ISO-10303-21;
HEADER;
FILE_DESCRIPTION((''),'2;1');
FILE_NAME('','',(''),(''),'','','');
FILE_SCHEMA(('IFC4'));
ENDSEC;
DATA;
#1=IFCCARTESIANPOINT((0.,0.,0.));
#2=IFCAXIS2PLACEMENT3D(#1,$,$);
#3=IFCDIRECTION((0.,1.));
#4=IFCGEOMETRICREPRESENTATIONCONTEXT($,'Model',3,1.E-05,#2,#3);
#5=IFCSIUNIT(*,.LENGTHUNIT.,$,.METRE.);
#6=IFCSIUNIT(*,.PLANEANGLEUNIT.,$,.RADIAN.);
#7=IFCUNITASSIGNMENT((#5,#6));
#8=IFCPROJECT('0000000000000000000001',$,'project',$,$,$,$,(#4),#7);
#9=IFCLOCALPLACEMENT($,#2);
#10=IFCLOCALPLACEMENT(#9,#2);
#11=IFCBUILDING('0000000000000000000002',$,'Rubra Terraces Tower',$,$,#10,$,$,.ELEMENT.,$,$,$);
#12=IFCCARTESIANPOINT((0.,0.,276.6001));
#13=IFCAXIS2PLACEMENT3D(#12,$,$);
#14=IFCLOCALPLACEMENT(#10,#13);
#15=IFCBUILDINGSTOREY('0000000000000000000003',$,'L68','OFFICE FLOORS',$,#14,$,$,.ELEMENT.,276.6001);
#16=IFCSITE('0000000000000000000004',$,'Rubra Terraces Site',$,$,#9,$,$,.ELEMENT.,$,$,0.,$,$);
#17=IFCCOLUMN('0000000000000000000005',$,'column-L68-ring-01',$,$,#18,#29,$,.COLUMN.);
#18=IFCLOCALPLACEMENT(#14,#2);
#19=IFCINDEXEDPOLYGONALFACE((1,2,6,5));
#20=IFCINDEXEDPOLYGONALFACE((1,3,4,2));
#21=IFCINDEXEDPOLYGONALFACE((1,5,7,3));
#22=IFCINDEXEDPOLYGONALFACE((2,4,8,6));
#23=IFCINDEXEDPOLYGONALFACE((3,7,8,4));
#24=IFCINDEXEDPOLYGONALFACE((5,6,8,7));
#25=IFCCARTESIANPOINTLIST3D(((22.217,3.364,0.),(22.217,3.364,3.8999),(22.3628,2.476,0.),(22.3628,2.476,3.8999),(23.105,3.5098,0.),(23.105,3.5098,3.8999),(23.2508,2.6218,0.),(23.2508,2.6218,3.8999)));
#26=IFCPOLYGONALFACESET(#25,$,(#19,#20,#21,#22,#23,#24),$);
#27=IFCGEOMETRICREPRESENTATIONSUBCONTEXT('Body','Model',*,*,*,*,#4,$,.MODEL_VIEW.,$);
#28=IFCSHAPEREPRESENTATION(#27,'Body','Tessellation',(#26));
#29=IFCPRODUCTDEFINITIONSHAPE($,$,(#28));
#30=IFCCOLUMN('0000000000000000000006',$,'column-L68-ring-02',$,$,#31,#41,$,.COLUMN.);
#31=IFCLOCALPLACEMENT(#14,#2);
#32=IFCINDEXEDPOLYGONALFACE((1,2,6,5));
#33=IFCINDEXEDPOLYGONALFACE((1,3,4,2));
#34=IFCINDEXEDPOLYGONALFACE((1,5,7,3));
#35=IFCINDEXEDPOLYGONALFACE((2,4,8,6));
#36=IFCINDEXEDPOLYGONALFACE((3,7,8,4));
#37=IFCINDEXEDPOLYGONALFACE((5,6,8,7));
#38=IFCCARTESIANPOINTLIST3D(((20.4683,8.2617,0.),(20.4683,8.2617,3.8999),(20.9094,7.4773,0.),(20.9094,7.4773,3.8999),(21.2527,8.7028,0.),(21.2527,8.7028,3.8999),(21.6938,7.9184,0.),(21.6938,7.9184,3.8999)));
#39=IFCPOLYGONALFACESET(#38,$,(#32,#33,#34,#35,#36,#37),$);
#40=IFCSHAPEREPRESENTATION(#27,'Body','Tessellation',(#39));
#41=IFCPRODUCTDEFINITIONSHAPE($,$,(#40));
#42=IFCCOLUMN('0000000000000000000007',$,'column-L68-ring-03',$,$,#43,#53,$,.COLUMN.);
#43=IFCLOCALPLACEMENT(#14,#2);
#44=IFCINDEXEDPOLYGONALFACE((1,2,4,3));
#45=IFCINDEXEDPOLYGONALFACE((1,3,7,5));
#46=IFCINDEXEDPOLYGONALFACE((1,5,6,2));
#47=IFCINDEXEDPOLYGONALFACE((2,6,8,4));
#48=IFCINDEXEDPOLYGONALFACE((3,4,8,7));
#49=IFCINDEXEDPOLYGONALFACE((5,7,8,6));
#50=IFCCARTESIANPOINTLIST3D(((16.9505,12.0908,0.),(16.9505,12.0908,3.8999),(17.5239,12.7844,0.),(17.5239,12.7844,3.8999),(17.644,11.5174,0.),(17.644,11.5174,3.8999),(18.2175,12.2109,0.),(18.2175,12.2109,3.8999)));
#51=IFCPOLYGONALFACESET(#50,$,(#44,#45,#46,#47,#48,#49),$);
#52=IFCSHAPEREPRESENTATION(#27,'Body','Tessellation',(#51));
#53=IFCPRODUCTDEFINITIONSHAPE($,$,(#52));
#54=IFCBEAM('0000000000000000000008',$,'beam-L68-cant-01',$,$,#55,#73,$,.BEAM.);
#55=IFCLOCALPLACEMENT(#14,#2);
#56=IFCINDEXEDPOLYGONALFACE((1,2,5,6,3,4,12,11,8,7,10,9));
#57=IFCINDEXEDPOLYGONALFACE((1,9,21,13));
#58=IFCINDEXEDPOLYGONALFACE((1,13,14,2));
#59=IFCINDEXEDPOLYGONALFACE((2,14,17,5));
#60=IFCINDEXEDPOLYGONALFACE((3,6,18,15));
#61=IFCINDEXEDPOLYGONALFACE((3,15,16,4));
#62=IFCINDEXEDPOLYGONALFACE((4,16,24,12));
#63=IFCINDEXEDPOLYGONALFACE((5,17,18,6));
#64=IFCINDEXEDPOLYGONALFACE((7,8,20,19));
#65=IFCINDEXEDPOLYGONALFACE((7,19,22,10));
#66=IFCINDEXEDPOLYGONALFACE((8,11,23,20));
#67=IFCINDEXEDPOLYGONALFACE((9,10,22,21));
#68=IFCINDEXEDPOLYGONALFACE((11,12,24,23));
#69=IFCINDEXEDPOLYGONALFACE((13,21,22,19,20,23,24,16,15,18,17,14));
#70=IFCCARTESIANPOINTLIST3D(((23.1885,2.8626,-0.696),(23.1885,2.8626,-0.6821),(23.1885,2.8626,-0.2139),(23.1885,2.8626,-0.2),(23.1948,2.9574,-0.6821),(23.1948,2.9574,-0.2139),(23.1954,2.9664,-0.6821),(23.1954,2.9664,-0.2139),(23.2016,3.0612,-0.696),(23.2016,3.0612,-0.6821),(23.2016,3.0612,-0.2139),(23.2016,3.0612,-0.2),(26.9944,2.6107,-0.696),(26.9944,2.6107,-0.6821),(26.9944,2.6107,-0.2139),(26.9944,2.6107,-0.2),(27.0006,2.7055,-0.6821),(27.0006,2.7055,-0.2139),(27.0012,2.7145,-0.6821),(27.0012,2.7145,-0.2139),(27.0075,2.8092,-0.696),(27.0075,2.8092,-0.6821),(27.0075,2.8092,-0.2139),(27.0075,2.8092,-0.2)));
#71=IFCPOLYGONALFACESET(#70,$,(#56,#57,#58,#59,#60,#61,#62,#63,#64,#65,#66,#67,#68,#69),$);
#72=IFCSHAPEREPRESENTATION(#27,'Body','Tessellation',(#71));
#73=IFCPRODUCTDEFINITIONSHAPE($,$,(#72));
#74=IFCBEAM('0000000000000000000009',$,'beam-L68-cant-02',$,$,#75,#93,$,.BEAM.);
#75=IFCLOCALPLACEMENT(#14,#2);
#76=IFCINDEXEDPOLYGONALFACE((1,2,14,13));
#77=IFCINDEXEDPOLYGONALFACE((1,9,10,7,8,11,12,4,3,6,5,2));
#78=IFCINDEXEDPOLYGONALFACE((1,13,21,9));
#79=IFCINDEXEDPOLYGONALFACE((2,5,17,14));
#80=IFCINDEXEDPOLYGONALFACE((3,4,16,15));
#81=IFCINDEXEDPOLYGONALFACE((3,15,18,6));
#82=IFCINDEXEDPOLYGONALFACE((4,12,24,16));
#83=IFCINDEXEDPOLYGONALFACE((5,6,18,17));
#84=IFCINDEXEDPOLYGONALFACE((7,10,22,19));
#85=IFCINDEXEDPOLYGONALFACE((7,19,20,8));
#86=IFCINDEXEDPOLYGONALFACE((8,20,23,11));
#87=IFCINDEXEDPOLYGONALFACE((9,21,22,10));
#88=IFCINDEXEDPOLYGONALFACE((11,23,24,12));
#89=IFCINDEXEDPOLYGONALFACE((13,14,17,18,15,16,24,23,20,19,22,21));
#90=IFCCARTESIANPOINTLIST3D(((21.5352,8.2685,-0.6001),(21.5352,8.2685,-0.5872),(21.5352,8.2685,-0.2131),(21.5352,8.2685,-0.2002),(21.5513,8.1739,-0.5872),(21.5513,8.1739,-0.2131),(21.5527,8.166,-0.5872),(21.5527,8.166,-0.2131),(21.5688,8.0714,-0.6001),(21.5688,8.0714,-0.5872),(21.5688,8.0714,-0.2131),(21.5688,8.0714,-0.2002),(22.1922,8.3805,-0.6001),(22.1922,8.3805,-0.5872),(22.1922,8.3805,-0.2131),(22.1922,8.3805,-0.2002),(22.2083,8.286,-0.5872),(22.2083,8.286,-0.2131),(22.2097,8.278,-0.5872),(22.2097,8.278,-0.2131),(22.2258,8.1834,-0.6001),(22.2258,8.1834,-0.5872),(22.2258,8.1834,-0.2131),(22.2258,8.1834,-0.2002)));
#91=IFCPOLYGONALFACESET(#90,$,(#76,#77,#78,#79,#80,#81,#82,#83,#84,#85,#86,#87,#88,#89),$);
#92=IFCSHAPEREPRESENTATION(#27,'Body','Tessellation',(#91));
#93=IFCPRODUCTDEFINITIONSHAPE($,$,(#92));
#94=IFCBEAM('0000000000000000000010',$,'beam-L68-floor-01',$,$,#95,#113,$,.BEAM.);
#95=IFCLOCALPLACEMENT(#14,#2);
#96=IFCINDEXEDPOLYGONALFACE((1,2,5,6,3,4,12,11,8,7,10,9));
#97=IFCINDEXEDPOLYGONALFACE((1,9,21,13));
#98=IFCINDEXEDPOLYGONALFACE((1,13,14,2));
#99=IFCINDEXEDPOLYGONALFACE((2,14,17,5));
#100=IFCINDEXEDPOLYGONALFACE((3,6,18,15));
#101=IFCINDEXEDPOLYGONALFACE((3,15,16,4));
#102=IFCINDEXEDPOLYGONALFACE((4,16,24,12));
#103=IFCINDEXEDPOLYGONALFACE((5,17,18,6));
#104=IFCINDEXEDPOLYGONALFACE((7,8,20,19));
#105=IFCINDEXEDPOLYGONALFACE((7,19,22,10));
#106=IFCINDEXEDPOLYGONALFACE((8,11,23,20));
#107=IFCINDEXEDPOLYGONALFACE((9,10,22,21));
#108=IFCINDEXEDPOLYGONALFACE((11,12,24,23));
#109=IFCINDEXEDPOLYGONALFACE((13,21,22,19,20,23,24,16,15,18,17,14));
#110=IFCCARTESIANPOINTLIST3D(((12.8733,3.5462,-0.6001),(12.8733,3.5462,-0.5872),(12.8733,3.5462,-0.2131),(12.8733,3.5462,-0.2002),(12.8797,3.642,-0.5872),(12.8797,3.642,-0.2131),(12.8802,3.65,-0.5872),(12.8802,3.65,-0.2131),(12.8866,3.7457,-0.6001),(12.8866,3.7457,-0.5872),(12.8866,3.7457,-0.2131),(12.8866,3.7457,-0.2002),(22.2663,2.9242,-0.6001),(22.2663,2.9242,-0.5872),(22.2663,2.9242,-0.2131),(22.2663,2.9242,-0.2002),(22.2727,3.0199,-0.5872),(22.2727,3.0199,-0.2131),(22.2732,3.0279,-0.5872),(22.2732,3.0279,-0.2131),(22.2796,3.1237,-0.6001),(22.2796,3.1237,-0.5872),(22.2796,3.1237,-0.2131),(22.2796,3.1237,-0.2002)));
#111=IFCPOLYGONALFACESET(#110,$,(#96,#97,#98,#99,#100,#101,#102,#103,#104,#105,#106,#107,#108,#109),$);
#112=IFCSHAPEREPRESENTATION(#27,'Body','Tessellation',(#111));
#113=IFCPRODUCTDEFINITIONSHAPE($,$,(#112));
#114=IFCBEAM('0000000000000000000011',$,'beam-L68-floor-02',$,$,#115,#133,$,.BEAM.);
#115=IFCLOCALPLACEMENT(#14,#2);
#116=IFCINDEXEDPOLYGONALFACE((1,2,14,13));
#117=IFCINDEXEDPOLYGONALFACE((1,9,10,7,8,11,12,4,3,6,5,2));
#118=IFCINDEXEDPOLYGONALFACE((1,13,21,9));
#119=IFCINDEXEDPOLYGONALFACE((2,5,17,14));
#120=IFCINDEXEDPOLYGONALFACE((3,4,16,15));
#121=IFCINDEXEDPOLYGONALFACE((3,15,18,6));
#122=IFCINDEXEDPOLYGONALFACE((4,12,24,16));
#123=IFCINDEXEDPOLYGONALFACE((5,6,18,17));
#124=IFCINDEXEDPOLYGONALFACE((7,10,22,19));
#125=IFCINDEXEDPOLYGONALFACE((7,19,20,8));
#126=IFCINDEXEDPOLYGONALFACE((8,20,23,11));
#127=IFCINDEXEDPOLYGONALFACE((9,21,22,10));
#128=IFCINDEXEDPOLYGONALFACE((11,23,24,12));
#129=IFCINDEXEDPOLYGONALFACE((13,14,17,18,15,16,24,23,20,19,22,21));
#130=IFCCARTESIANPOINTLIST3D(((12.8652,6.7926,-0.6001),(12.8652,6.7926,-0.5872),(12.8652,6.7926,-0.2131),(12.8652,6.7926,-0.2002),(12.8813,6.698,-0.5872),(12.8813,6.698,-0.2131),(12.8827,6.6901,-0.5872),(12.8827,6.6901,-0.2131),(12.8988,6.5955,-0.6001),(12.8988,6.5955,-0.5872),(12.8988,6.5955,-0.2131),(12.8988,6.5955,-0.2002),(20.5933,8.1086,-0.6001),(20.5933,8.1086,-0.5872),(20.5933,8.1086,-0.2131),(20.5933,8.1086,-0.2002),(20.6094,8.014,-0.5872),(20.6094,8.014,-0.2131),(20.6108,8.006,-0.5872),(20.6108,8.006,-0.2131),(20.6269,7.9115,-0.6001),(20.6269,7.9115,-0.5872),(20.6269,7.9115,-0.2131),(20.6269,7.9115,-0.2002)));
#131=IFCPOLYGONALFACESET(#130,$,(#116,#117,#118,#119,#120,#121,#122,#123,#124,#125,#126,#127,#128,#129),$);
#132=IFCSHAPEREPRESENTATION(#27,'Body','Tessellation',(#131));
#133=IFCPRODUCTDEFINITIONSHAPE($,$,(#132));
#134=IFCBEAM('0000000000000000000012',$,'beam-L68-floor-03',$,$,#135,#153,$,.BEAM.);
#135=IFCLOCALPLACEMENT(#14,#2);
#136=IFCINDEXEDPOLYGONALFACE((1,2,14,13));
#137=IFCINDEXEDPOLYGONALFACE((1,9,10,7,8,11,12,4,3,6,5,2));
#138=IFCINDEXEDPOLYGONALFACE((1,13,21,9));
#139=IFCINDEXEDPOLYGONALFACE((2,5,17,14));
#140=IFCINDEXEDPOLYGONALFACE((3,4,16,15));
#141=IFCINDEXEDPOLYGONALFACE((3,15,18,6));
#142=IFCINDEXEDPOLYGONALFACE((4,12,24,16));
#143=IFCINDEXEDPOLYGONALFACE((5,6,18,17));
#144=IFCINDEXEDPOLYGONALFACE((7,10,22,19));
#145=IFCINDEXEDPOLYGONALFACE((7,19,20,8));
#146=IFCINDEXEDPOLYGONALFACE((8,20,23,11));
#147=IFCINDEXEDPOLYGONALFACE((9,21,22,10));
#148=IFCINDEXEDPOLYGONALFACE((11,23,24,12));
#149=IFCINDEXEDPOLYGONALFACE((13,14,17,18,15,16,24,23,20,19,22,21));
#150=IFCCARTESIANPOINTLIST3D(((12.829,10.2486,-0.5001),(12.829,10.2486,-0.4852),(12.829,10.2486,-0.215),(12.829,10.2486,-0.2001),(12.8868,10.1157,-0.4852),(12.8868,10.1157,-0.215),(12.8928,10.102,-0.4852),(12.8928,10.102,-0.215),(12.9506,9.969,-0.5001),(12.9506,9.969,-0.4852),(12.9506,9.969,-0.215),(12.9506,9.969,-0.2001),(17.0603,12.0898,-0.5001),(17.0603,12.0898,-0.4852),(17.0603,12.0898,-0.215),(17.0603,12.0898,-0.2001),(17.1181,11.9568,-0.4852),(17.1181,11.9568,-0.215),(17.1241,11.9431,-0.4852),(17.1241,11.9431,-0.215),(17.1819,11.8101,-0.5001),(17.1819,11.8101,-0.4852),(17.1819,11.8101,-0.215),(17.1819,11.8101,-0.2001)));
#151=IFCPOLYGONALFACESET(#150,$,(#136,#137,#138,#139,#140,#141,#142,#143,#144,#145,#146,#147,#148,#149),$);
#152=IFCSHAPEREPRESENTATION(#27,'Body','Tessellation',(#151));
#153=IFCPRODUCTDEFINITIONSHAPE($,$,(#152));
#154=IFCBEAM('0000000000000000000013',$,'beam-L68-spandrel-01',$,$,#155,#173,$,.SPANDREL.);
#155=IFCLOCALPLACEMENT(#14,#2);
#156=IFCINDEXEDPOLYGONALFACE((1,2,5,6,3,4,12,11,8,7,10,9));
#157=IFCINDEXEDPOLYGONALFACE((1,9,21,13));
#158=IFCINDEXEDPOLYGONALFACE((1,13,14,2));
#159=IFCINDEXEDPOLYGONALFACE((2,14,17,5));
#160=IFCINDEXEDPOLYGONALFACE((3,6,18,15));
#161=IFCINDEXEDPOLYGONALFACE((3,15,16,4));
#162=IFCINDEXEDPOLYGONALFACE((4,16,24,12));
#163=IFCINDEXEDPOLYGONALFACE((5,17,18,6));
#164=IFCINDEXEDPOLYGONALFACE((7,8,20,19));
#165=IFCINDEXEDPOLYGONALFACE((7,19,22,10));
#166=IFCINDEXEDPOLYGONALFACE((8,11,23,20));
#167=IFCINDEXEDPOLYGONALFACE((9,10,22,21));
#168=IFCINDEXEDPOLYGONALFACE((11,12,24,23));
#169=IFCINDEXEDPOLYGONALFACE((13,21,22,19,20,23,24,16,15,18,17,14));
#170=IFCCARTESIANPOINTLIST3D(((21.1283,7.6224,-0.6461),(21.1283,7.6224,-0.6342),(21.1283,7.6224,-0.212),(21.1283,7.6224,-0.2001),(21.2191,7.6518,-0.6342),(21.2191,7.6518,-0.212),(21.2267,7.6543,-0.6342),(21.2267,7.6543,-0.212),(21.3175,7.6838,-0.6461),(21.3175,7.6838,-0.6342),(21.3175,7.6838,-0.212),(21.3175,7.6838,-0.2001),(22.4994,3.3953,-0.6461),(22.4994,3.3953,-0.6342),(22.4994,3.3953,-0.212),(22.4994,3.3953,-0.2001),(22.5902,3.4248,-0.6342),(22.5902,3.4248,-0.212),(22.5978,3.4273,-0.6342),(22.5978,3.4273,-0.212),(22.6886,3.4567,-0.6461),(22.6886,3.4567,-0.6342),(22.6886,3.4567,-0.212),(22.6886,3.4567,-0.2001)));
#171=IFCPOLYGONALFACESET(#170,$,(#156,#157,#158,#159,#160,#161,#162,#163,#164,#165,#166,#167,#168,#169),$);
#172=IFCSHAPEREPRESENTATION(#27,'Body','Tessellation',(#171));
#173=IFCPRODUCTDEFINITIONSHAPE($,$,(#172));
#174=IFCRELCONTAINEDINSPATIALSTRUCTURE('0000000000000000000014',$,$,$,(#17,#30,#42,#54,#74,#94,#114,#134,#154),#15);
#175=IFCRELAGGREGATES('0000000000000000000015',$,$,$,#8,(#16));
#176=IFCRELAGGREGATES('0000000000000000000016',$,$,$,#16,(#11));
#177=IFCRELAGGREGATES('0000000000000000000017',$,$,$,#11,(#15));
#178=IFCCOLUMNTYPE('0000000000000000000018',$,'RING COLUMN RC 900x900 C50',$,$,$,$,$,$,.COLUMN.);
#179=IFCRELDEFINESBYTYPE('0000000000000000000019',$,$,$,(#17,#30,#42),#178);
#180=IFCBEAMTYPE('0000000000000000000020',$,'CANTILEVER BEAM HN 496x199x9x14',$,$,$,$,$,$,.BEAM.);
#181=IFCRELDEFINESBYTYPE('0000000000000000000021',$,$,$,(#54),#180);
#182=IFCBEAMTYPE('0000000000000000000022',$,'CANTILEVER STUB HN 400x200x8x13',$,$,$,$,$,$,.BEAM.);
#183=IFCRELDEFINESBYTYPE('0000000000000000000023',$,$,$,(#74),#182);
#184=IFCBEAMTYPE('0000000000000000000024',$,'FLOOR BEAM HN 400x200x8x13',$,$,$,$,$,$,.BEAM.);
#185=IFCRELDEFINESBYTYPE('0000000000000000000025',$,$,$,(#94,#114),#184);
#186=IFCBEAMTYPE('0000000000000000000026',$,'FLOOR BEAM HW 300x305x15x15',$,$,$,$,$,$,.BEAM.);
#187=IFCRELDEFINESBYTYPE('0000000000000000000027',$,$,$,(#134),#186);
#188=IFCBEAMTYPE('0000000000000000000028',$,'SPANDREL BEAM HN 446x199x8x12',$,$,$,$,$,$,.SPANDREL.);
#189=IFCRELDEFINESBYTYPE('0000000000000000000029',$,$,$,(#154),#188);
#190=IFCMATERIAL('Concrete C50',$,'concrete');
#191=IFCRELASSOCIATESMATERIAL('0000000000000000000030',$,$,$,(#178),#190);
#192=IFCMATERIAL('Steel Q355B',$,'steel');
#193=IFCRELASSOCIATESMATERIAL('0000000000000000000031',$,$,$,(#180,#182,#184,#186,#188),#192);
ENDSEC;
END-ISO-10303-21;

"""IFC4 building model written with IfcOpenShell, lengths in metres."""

from ifc_helpers import new_model, si_unit, direction, frame, origin, origin_2d, place, context, subcontext, project, spatial, rectangle, i_section, extrude, material, material_profile, profile_set, type_object, element, save


model = new_model("IFC4")

# Units and contexts
model_context = context("Model", 3, precision=1e-05, world=origin(), true_north=direction((0.0, 1.0)))
body_context = subcontext(model_context, "Body", "Model", "MODEL_VIEW")
ifc_project = project(units=[si_unit("LENGTHUNIT", "METRE"), si_unit("PLANEANGLEUNIT", "RADIAN")], contexts=[model_context])

# Site, building, storey
site_placement = place(None, origin())
site = spatial("IfcSite", under=ifc_project, at=site_placement, Name="Rubra Terraces Site", CompositionType="ELEMENT", RefElevation=0.0)
building_placement = place(site_placement, origin())
building = spatial("IfcBuilding", under=site, at=building_placement, Name="Rubra Terraces Tower", CompositionType="ELEMENT")
storey_placement = place(building_placement, frame((0.0, 0.0, 276.6001)))
storey = spatial("IfcBuildingStorey", under=building, at=storey_placement, Name="L68", Description="OFFICE FLOORS", CompositionType="ELEMENT", Elevation=276.6001)

# Columns
ifc_material_1 = material(Name="Concrete C50", Category="concrete")
ifc_material_profile_1 = material_profile(ifc_material_1, rectangle(XDim=0.8999, YDim=0.8999, at=origin_2d()), Name="RC 900x900")
ifc_profile_set_1 = profile_set([ifc_material_profile_1], Name="Concrete C50")
column_type = type_object("IfcColumnType", Name="RING COLUMN RC 900x900 C50", PredefinedType="COLUMN", material=ifc_profile_set_1)
for number, where, z_axis, x_axis, name in (
    (1, (22.7339, 2.9929, 0.0), (0.0, 0.0, 1.0), (-0.162062, 0.986781, 0.0), "column-L68-ring-01"),
    (2, (21.0811, 8.0901, 0.0), (0.0, 0.0, 1.0), (-0.490162, 0.871631, 0.0), "column-L68-ring-02"),
    (3, (17.584, 12.1509, 0.0), (0.0, 0.0, 1.0), (-0.770679, 0.637223, 0.0), "column-L68-ring-03"),
):
    element("IfcColumn", number, at=place(storey_placement, frame(where, z_axis=z_axis, x_axis=x_axis)), inside=storey, type_object=column_type, Name=name, PredefinedType="COLUMN", context=body_context, shape_type="SweptSolid", body=[
        extrude(rectangle(XDim=0.8999, YDim=0.8999, at=origin_2d()), origin(), (0.0, 0.0, 1.0), 3.8999),
    ])

# Beams
ifc_material_2 = material(Name="Steel Q355B", Category="steel")
ifc_material_profile_2 = material_profile(ifc_material_2, i_section(OverallWidth=0.199, OverallDepth=0.4961, WebThickness=0.009, FlangeThickness=0.0139, at=origin_2d()), Name="HN 496x199x9x14")
ifc_profile_set_2 = profile_set([ifc_material_profile_2], Name="Steel Q355B")
beam_type_1 = type_object("IfcBeamType", Name="CANTILEVER BEAM HN 496x199x9x14", PredefinedType="BEAM", material=ifc_profile_set_2)
beam_1_placement = place(storey_placement, frame((23.1951, 2.9619, -0.448), z_axis=(0.997816, -0.066056, 0.0), x_axis=(0.066056, 0.997816, 0.0)))
element("IfcBeam", 4, at=beam_1_placement, inside=storey, type_object=beam_type_1, Name="beam-L68-cant-01", PredefinedType="BEAM", context=body_context, shape_type="SweptSolid", body=[
    extrude(i_section(OverallWidth=0.199, OverallDepth=0.4961, WebThickness=0.009, FlangeThickness=0.0139, at=origin_2d()), origin(), (0.0, 0.0, 1.0), 3.8142),
])
ifc_material_profile_3 = material_profile(ifc_material_2, i_section(OverallWidth=0.2, OverallDepth=0.3999, WebThickness=0.0081, FlangeThickness=0.0129, at=origin_2d()), Name="HN 400x200x8x13")
ifc_profile_set_3 = profile_set([ifc_material_profile_3], Name="Steel Q355B")
beam_type_2 = type_object("IfcBeamType", Name="CANTILEVER STUB HN 400x200x8x13", PredefinedType="BEAM", material=ifc_profile_set_3)
beam_2_placement = place(storey_placement, frame((21.552, 8.1699, -0.4001), z_axis=(0.985763, 0.16814, 0.0), x_axis=(-0.16814, 0.985763, 0.0)))
element("IfcBeam", 5, at=beam_2_placement, inside=storey, type_object=beam_type_2, Name="beam-L68-cant-02", PredefinedType="BEAM", context=body_context, shape_type="SweptSolid", body=[
    extrude(i_section(OverallWidth=0.2, OverallDepth=0.3999, WebThickness=0.0081, FlangeThickness=0.0129, at=origin_2d()), origin(), (0.0, 0.0, 1.0), 0.6665),
])
ifc_material_profile_4 = material_profile(ifc_material_2, i_section(OverallWidth=0.2, OverallDepth=0.3999, WebThickness=0.0081, FlangeThickness=0.0129, at=origin_2d()), Name="HN 400x200x8x13")
ifc_profile_set_4 = profile_set([ifc_material_profile_4], Name="Steel Q355B")
beam_type_3 = type_object("IfcBeamType", Name="FLOOR BEAM HN 400x200x8x13", PredefinedType="BEAM", material=ifc_profile_set_4)
beam_3_placement = place(storey_placement, frame((22.2729, 3.0239, -0.4001), z_axis=(-0.997814, 0.066082, 0.0), x_axis=(-0.066082, -0.997814, 0.0)))
element("IfcBeam", 6, at=beam_3_placement, inside=storey, type_object=beam_type_3, Name="beam-L68-floor-01", PredefinedType="BEAM", context=body_context, shape_type="SweptSolid", body=[
    extrude(i_section(OverallWidth=0.2, OverallDepth=0.3999, WebThickness=0.0081, FlangeThickness=0.0129, at=origin_2d()), origin(), (0.0, 0.0, 1.0), 9.4136),
])
beam_4_placement = place(storey_placement, frame((20.6101, 8.01, -0.4001), z_axis=(-0.98581, -0.167862, 0.0), x_axis=(0.167862, -0.98581, 0.0)))
element("IfcBeam", 7, at=beam_4_placement, inside=storey, type_object=beam_type_3, Name="beam-L68-floor-02", PredefinedType="BEAM", context=body_context, shape_type="SweptSolid", body=[
    extrude(i_section(OverallWidth=0.2, OverallDepth=0.3999, WebThickness=0.0081, FlangeThickness=0.0129, at=origin_2d()), origin(), (0.0, 0.0, 1.0), 7.8394),
])
ifc_material_profile_5 = material_profile(ifc_material_2, i_section(OverallWidth=0.3049, OverallDepth=0.3, WebThickness=0.0149, FlangeThickness=0.0149, at=origin_2d()), Name="HW 300x305x15x15")
ifc_profile_set_5 = profile_set([ifc_material_profile_5], Name="Steel Q355B")
beam_type_4 = type_object("IfcBeamType", Name="FLOOR BEAM HW 300x305x15x15", PredefinedType="BEAM", material=ifc_profile_set_5)
beam_5_placement = place(storey_placement, frame((17.1211, 11.95, -0.3501), z_axis=(-0.916958, -0.398983, 0.0), x_axis=(0.398983, -0.916958, 0.0)))
element("IfcBeam", 8, at=beam_5_placement, inside=storey, type_object=beam_type_4, Name="beam-L68-floor-03", PredefinedType="BEAM", context=body_context, shape_type="SweptSolid", body=[
    extrude(i_section(OverallWidth=0.3049, OverallDepth=0.3, WebThickness=0.0149, FlangeThickness=0.0149, at=origin_2d()), origin(), (0.0, 0.0, 1.0), 4.6145),
])
ifc_material_profile_6 = material_profile(ifc_material_2, i_section(OverallWidth=0.199, OverallDepth=0.446, WebThickness=0.0081, FlangeThickness=0.012, at=origin_2d()), Name="HN 446x199x8x12")
ifc_profile_set_6 = profile_set([ifc_material_profile_6], Name="Steel Q355B")
beam_type_5 = type_object("IfcBeamType", Name="SPANDREL BEAM HN 446x199x8x12", PredefinedType="SPANDREL", material=ifc_profile_set_6)
beam_6_placement = place(storey_placement, frame((22.594, 3.426, -0.4231), z_axis=(-0.308537, 0.951212, 0.0), x_axis=(-0.951212, -0.308537, 0.0)))
element("IfcBeam", 9, at=beam_6_placement, inside=storey, type_object=beam_type_5, Name="beam-L68-spandrel-01", PredefinedType="SPANDREL", context=body_context, shape_type="SweptSolid", body=[
    extrude(i_section(OverallWidth=0.199, OverallDepth=0.446, WebThickness=0.0081, FlangeThickness=0.012, at=origin_2d()), origin(), (0.0, 0.0, 1.0), 4.4438),
])

save(model, "model.ifc")
